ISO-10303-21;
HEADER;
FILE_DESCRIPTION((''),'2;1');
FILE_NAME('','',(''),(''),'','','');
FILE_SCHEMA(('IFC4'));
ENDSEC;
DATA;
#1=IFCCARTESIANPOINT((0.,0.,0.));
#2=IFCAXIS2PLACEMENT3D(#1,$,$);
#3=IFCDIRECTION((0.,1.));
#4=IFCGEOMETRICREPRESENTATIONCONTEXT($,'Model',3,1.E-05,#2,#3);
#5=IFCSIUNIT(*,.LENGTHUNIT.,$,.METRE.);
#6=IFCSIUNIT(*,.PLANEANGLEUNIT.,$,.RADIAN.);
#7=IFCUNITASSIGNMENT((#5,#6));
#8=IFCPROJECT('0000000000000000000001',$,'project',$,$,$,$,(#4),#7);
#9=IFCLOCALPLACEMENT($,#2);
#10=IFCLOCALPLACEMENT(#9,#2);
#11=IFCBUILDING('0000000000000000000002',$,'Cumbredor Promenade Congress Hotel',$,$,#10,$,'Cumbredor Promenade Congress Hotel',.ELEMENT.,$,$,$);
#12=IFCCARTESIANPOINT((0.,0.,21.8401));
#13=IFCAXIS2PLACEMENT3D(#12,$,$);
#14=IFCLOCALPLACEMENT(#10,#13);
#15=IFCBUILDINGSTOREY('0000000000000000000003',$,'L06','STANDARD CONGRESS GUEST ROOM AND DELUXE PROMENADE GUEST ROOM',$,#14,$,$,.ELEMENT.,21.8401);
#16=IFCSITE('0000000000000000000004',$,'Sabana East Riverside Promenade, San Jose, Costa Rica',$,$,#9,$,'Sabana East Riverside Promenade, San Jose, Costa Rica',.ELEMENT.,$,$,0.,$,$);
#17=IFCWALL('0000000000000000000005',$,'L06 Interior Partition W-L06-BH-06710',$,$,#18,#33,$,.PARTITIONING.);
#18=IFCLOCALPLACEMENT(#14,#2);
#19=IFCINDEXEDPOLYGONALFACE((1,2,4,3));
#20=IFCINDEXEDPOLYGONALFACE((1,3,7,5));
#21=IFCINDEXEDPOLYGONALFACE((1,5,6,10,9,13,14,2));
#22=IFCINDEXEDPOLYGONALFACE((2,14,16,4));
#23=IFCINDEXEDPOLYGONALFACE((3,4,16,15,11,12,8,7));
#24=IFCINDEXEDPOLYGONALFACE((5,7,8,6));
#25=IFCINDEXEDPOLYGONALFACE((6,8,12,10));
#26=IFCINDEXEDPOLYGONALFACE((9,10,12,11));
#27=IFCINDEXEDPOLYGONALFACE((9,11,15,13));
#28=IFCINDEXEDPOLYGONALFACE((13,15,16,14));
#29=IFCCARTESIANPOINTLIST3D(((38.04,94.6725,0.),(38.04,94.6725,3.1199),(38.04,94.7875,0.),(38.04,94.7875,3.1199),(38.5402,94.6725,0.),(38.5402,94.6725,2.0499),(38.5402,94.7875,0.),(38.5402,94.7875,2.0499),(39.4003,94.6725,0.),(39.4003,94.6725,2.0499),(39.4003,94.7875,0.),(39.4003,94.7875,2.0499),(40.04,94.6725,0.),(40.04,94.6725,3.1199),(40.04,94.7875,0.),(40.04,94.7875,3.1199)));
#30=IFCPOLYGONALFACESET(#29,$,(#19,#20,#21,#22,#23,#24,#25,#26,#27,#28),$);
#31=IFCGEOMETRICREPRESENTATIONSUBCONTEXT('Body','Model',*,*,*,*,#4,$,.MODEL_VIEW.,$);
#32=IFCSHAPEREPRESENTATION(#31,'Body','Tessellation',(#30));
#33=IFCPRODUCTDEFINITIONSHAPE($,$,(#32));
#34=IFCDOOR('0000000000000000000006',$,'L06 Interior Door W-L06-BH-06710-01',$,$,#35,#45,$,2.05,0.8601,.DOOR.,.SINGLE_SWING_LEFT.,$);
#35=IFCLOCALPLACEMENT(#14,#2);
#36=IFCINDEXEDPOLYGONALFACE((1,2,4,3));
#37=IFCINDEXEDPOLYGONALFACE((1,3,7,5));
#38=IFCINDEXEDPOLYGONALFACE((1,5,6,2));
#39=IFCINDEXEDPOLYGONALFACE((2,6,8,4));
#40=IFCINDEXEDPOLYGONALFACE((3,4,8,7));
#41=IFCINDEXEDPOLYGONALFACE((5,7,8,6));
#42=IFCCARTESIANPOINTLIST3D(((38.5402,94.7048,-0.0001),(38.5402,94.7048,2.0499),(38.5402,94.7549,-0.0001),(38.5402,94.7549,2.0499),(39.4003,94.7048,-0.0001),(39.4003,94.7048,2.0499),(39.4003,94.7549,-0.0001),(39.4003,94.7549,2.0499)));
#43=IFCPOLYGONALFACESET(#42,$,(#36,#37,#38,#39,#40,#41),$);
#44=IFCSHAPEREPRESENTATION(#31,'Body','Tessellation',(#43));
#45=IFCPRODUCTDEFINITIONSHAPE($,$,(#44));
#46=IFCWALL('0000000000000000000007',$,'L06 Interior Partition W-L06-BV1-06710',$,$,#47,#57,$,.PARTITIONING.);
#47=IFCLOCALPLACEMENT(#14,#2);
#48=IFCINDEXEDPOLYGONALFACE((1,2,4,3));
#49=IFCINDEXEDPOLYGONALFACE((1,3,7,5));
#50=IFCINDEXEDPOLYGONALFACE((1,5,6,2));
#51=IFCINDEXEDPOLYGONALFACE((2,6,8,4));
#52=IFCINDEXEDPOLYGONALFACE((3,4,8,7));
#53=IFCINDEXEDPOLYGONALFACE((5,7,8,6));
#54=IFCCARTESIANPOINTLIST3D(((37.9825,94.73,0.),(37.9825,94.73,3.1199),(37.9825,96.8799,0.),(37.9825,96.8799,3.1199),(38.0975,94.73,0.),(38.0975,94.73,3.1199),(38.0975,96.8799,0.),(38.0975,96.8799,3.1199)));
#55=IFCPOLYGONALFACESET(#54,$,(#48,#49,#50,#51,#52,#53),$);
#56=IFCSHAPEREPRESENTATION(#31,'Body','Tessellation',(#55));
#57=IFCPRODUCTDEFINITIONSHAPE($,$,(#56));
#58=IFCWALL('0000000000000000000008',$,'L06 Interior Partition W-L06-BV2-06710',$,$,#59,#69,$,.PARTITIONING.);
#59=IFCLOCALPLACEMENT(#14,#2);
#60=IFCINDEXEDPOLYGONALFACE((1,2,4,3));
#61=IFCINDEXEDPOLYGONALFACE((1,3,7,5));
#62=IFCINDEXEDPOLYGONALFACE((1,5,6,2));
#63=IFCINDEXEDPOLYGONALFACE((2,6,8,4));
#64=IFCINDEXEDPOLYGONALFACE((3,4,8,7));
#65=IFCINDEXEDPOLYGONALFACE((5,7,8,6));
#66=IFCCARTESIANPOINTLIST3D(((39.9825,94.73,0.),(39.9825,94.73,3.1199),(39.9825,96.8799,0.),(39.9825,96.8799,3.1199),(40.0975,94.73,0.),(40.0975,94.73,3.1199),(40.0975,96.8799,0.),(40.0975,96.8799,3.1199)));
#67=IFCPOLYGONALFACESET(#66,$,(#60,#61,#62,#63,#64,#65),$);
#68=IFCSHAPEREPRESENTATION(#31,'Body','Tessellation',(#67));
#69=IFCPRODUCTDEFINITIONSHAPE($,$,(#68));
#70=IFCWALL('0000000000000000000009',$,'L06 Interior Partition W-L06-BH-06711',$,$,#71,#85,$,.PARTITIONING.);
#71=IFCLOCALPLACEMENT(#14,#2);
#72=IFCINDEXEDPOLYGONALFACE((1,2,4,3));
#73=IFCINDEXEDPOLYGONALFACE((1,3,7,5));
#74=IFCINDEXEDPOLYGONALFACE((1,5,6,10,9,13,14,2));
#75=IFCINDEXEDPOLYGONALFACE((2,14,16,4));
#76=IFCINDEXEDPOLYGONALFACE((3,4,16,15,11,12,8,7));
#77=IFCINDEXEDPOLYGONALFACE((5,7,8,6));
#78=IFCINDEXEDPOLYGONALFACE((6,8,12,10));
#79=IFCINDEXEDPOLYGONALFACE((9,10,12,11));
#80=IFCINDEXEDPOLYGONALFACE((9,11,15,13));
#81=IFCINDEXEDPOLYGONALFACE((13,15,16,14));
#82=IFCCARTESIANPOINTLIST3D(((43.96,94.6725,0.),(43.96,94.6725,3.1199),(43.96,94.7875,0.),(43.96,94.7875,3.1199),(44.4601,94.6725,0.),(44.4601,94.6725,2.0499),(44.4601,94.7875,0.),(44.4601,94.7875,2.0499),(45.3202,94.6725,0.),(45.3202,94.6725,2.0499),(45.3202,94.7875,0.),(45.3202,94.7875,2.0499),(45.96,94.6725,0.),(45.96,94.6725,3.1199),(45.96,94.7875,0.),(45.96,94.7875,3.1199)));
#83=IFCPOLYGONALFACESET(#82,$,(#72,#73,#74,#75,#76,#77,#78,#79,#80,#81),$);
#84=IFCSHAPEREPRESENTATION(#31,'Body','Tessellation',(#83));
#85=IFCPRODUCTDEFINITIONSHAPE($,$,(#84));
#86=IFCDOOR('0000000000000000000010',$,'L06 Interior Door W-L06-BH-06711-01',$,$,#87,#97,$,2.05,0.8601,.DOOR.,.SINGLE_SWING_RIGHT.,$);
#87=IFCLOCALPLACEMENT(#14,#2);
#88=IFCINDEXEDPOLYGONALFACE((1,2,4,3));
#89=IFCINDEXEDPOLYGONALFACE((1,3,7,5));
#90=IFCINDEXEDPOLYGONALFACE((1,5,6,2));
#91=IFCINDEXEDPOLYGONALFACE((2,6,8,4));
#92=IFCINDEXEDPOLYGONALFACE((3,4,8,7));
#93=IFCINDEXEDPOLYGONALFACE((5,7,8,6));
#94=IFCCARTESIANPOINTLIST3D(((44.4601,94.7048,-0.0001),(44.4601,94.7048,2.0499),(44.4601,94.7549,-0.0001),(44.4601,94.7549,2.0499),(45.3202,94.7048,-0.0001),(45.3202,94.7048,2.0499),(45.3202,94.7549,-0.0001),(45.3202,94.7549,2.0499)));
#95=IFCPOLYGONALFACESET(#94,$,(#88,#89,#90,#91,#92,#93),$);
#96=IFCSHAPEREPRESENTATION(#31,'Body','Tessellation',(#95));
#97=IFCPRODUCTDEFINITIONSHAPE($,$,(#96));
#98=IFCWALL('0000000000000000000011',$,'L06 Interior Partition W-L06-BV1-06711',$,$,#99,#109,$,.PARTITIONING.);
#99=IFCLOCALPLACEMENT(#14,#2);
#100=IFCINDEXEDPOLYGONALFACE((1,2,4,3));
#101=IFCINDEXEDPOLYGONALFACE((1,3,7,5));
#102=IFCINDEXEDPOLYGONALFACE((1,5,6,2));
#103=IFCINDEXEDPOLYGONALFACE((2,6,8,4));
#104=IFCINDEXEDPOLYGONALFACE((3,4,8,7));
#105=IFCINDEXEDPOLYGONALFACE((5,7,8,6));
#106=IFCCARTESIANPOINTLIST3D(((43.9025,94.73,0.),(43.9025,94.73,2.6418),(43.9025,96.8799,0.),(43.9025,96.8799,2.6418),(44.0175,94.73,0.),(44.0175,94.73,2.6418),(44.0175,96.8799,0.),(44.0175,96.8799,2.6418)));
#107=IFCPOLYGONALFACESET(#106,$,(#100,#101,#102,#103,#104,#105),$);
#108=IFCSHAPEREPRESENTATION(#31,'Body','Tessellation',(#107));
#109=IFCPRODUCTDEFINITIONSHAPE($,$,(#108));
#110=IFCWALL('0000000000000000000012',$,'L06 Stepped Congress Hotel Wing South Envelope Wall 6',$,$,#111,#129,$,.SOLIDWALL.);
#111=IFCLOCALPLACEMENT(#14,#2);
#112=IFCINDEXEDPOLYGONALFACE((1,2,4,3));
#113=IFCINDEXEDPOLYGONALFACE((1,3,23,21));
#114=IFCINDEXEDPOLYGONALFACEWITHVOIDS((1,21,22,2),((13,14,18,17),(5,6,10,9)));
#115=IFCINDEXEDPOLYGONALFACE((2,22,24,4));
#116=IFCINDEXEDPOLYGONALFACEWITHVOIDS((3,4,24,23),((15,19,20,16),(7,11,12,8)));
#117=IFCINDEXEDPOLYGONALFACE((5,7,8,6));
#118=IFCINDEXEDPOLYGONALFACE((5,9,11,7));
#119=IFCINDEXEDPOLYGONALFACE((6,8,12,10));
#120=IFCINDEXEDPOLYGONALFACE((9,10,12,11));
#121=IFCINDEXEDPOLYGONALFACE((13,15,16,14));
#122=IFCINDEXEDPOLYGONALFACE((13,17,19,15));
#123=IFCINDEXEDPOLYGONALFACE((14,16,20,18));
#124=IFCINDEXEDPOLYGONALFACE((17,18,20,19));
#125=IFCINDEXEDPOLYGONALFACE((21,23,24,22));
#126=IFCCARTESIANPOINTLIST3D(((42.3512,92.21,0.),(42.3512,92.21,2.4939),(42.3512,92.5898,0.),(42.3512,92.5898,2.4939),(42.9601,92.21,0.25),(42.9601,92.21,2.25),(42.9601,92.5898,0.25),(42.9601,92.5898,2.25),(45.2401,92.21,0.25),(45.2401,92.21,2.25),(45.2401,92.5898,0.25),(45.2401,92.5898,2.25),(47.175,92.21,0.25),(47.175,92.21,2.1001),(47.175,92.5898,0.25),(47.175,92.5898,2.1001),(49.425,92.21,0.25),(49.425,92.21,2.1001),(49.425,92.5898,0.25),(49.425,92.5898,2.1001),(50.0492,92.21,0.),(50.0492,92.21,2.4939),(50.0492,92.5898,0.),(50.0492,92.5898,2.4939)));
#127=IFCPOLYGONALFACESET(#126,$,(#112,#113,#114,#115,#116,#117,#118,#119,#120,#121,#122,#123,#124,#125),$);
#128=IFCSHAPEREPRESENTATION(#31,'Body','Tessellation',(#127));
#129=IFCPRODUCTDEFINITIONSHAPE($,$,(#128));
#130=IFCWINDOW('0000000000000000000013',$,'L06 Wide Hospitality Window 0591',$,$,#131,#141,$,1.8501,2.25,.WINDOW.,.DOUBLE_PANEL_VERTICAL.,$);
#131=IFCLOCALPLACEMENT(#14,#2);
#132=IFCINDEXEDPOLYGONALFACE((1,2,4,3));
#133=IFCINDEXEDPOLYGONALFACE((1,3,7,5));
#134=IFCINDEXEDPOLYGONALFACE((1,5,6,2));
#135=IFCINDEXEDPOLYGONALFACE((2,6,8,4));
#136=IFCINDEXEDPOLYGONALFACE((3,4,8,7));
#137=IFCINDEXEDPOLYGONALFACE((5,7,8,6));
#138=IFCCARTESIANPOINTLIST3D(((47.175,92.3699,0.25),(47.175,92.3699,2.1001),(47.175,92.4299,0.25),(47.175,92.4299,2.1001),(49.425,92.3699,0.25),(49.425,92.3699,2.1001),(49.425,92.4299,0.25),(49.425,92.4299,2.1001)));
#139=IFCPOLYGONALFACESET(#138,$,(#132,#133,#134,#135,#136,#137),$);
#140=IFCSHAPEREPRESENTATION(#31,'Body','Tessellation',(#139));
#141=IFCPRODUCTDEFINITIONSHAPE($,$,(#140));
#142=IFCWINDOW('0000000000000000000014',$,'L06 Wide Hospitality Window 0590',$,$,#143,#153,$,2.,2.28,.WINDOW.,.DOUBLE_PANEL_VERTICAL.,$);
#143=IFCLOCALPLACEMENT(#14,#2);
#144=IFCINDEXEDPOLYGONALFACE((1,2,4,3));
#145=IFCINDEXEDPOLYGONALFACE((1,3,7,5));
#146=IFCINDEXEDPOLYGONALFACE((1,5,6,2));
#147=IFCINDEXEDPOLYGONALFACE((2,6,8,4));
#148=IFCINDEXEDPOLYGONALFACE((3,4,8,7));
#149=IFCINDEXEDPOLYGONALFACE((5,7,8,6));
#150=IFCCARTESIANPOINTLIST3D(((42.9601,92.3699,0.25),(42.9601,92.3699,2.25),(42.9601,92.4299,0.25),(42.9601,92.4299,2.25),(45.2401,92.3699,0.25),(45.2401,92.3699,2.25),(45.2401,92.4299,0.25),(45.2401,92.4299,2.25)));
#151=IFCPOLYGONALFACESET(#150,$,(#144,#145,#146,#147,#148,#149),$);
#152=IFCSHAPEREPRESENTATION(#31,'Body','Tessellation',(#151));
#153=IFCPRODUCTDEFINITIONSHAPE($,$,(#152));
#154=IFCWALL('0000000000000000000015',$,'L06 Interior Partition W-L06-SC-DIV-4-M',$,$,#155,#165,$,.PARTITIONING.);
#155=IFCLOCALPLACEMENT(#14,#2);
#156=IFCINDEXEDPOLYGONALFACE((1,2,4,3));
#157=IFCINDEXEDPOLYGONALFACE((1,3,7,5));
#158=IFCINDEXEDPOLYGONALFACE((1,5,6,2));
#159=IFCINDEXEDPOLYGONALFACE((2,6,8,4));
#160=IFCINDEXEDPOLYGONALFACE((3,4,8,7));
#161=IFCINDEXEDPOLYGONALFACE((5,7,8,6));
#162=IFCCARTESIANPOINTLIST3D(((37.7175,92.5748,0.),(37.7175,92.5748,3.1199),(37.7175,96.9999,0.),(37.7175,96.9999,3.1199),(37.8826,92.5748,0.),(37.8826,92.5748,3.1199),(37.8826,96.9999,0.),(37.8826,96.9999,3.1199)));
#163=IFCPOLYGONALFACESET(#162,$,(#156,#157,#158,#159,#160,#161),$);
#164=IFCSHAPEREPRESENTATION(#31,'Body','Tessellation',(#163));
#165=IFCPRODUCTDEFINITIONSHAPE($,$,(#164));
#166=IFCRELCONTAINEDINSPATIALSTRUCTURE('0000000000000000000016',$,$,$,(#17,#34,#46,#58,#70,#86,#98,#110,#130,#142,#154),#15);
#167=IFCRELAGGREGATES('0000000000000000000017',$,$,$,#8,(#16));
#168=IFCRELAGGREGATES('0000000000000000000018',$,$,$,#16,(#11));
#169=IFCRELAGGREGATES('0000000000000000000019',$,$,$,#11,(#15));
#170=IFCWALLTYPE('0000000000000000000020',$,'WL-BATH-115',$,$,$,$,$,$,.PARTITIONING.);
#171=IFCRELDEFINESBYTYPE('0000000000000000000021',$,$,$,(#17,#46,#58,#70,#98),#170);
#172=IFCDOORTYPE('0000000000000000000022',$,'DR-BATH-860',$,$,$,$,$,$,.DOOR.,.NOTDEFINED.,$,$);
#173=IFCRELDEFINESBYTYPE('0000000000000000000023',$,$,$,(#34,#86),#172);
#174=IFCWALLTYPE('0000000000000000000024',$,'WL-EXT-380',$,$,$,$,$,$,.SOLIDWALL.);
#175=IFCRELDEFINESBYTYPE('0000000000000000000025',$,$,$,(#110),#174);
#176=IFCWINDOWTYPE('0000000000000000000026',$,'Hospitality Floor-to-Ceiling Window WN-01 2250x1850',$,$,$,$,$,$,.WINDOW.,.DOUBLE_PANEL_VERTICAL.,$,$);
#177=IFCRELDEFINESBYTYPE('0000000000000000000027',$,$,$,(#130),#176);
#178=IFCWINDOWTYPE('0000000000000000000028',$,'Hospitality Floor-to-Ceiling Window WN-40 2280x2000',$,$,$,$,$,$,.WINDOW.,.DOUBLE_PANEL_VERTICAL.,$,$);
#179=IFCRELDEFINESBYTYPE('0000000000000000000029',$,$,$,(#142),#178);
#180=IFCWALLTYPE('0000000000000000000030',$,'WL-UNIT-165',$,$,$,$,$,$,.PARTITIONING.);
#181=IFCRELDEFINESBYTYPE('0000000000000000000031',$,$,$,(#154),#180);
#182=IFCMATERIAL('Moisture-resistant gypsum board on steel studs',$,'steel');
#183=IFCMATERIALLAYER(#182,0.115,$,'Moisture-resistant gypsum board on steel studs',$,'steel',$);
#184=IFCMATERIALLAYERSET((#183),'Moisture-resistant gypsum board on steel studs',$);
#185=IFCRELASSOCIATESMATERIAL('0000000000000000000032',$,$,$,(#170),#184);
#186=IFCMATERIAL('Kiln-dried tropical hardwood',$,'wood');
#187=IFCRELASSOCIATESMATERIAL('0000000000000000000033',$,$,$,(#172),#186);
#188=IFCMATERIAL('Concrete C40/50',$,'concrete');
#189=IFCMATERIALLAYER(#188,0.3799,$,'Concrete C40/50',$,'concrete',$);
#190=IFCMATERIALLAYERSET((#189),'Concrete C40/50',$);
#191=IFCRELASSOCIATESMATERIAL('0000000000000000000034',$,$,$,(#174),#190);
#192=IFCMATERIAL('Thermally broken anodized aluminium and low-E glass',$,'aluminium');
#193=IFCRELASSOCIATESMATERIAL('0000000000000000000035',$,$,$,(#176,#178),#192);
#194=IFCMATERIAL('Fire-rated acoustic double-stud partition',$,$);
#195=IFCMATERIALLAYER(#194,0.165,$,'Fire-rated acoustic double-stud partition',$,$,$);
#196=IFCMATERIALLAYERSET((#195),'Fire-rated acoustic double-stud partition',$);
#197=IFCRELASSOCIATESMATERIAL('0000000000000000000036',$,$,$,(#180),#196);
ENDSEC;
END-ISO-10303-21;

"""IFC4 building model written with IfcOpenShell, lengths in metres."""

from ifc_helpers import new_model, si_unit, direction, frame, frame_2d, origin, place, context, subcontext, project, spatial, rectangle, extrude, material, layer, layer_set, type_object, element, fill, save


model = new_model("IFC4")

# Units and contexts
model_context = context("Model", 3, precision=1e-05, world=origin(), true_north=direction((0.0, 1.0)))
body_context = subcontext(model_context, "Body", "Model", "MODEL_VIEW")
ifc_project = project(units=[si_unit("LENGTHUNIT", "METRE"), si_unit("PLANEANGLEUNIT", "RADIAN")], contexts=[model_context])

# Site, building, storey
site_placement = place(None, origin())
site = spatial("IfcSite", under=ifc_project, at=site_placement, Name="Sabana East Riverside Promenade, San Jose, Costa Rica", LongName="Sabana East Riverside Promenade, San Jose, Costa Rica", CompositionType="ELEMENT", RefElevation=0.0)
building_placement = place(site_placement, origin())
building = spatial("IfcBuilding", under=site, at=building_placement, Name="Cumbredor Promenade Congress Hotel", LongName="Cumbredor Promenade Congress Hotel", CompositionType="ELEMENT")
storey_placement = place(building_placement, frame((0.0, 0.0, 21.8401)))
storey = spatial("IfcBuildingStorey", under=building, at=storey_placement, Name="L06", Description="STANDARD CONGRESS GUEST ROOM AND DELUXE PROMENADE GUEST ROOM", CompositionType="ELEMENT", Elevation=21.8401)

# Shared definitions
ifc_material_1 = material(Name="Concrete C40/50", Category="concrete")

# Shared definitions
ifc_material_2 = material(Name="Moisture-resistant gypsum board on steel studs", Category="steel")
ifc_layer_1 = layer(ifc_material_2, 0.115, Name="Moisture-resistant gypsum board on steel studs", Category="steel")
ifc_layer_set_1 = layer_set([ifc_layer_1], Name="Moisture-resistant gypsum board on steel studs")
wall_type_1 = type_object("IfcWallType", Name="WL-BATH-115", PredefinedType="PARTITIONING", material=ifc_layer_set_1)
ifc_material_3 = material(Name="Kiln-dried tropical hardwood", Category="wood")
door_type = type_object("IfcDoorType", Name="DR-BATH-860", OperationType="NOTDEFINED", PredefinedType="DOOR", material=ifc_material_3)

# Wall, opening, door
wall_1_placement = place(storey_placement, frame((38.04, 94.73, 0.0), z_axis=(0.0, 0.0, 1.0), x_axis=(1.0, 0.0, 0.0)))
wall_1 = element("IfcWall", 1, at=wall_1_placement, inside=storey, type_object=wall_type_1, Name="L06 Interior Partition W-L06-BH-06710", PredefinedType="PARTITIONING", context=body_context, shape_type="SweptSolid", body=[
    extrude(rectangle(XDim=2.0, YDim=0.115, at=frame_2d((1.0, 0.0))), origin(), (0.0, 0.0, 1.0), 3.1199),
])
opening_1_placement = place(wall_1_placement, frame((0.5, 0.0, 0.0)))
opening_1 = element("IfcOpeningElement", 2, at=opening_1_placement, cuts=wall_1, PredefinedType="OPENING", context=body_context, shape_type="SweptSolid", body=[
    extrude(rectangle(XDim=0.8601, YDim=2.05, at=frame_2d((0.4302, 1.0249))), frame((0.0, 0.0674, 0.0), z_axis=(0.0, -1.0, 0.0), x_axis=(1.0, 0.0, 0.0)), (0.0, 0.0, 1.0), 0.135),
])
door_1_placement = place(opening_1_placement, origin())
door_1 = element("IfcDoor", 3, at=door_1_placement, inside=storey, type_object=door_type, Name="L06 Interior Door W-L06-BH-06710-01", OperationType="SINGLE_SWING_LEFT", OverallHeight=2.05, OverallWidth=0.8601, PredefinedType="DOOR", context=body_context, shape_type="SweptSolid", body=[
    extrude(rectangle(XDim=0.8601, YDim=2.05, at=frame_2d((0.4302, 1.0249))), frame((0.0, 0.0249, 0.0), z_axis=(0.0, -1.0, 0.0), x_axis=(1.0, 0.0, 0.0)), (0.0, 0.0, 1.0), 0.05),
])
fill(opening_1, door_1)

# Walls
for number, where, z_axis, x_axis, name in (
    (4, (38.04, 94.73, 0.0), (0.0, 0.0, 1.0), (0.0, 1.0, 0.0), "L06 Interior Partition W-L06-BV1-06710"),
    (5, (40.04, 94.73, 0.0), (0.0, 0.0, 1.0), (0.0, 1.0, 0.0), "L06 Interior Partition W-L06-BV2-06710"),
):
    element("IfcWall", number, at=place(storey_placement, frame(where, z_axis=z_axis, x_axis=x_axis)), inside=storey, type_object=wall_type_1, Name=name, PredefinedType="PARTITIONING", context=body_context, shape_type="SweptSolid", body=[
        extrude(rectangle(XDim=2.1499, YDim=0.115, at=frame_2d((1.075, 0.0))), origin(), (0.0, 0.0, 1.0), 3.1199),
    ])

# Wall, opening, door
wall_2_placement = place(storey_placement, frame((43.96, 94.73, 0.0), z_axis=(0.0, 0.0, 1.0), x_axis=(1.0, 0.0, 0.0)))
wall_2 = element("IfcWall", 6, at=wall_2_placement, inside=storey, type_object=wall_type_1, Name="L06 Interior Partition W-L06-BH-06711", PredefinedType="PARTITIONING", context=body_context, shape_type="SweptSolid", body=[
    extrude(rectangle(XDim=2.0, YDim=0.115, at=frame_2d((1.0, 0.0))), origin(), (0.0, 0.0, 1.0), 3.1199),
])
opening_2_placement = place(wall_2_placement, frame((0.5, 0.0, 0.0)))
opening_2 = element("IfcOpeningElement", 7, at=opening_2_placement, cuts=wall_2, PredefinedType="OPENING", context=body_context, shape_type="SweptSolid", body=[
    extrude(rectangle(XDim=0.8601, YDim=2.05, at=frame_2d((0.4302, 1.0249))), frame((0.0, 0.0674, 0.0), z_axis=(0.0, -1.0, 0.0), x_axis=(1.0, 0.0, 0.0)), (0.0, 0.0, 1.0), 0.135),
])
door_2_placement = place(opening_2_placement, origin())
door_2 = element("IfcDoor", 8, at=door_2_placement, inside=storey, type_object=door_type, Name="L06 Interior Door W-L06-BH-06711-01", OperationType="SINGLE_SWING_RIGHT", OverallHeight=2.05, OverallWidth=0.8601, PredefinedType="DOOR", context=body_context, shape_type="SweptSolid", body=[
    extrude(rectangle(XDim=0.8601, YDim=2.05, at=frame_2d((0.4302, 1.0249))), frame((0.0, 0.0249, 0.0), z_axis=(0.0, -1.0, 0.0), x_axis=(1.0, 0.0, 0.0)), (0.0, 0.0, 1.0), 0.05),
])
fill(opening_2, door_2)

# Wall
wall_3_placement = place(storey_placement, frame((43.96, 94.73, 0.0), z_axis=(0.0, 0.0, 1.0), x_axis=(0.0, 1.0, 0.0)))
element("IfcWall", 9, at=wall_3_placement, inside=storey, type_object=wall_type_1, Name="L06 Interior Partition W-L06-BV1-06711", PredefinedType="PARTITIONING", context=body_context, shape_type="SweptSolid", body=[
    extrude(rectangle(XDim=2.1499, YDim=0.115, at=frame_2d((1.075, 0.0))), origin(), (0.0, 0.0, 1.0), 2.6418),
])

# Wall, openings, windows
ifc_layer_2 = layer(ifc_material_1, 0.3799, Name="Concrete C40/50", Category="concrete")
ifc_layer_set_2 = layer_set([ifc_layer_2], Name="Concrete C40/50")
wall_type_2 = type_object("IfcWallType", Name="WL-EXT-380", PredefinedType="SOLIDWALL", material=ifc_layer_set_2)
wall_4_placement = place(storey_placement, frame((42.3511, 92.3999, 0.0), z_axis=(0.0, 0.0, 1.0), x_axis=(1.0, 0.0, 0.0)))
wall_4 = element("IfcWall", 10, at=wall_4_placement, inside=storey, type_object=wall_type_2, Name="L06 Stepped Congress Hotel Wing South Envelope Wall 6", PredefinedType="SOLIDWALL", context=body_context, shape_type="SweptSolid", body=[
    extrude(rectangle(XDim=7.698, YDim=0.3799, at=frame_2d((3.8491, 0.0))), origin(), (0.0, 0.0, 1.0), 2.4939),
])
opening_3_placement = place(wall_4_placement, frame((0.6089, 0.0, 0.25)))
opening_3 = element("IfcOpeningElement", 11, at=opening_3_placement, cuts=wall_4, PredefinedType="OPENING", context=body_context, shape_type="SweptSolid", body=[
    extrude(rectangle(XDim=2.28, YDim=2.0, at=frame_2d((1.1401, 1.0))), frame((0.0, 0.2, 0.0), z_axis=(0.0, -1.0, 0.0), x_axis=(1.0, 0.0, 0.0)), (0.0, 0.0, 1.0), 0.3999),
])
opening_4_placement = place(wall_4_placement, frame((4.824, 0.0, 0.25)))
opening_4 = element("IfcOpeningElement", 12, at=opening_4_placement, cuts=wall_4, PredefinedType="OPENING", context=body_context, shape_type="SweptSolid", body=[
    extrude(rectangle(XDim=2.25, YDim=1.8501, at=frame_2d((1.125, 0.925))), frame((0.0, 0.2, 0.0), z_axis=(0.0, -1.0, 0.0), x_axis=(1.0, 0.0, 0.0)), (0.0, 0.0, 1.0), 0.3999),
])
ifc_material_4 = material(Name="Thermally broken anodized aluminium and low-E glass", Category="aluminium")
window_type_1 = type_object("IfcWindowType", Name="Hospitality Floor-to-Ceiling Window WN-01 2250x1850", PartitioningType="DOUBLE_PANEL_VERTICAL", PredefinedType="WINDOW", material=ifc_material_4)
window_1_placement = place(opening_4_placement, origin())
window_1 = element("IfcWindow", 13, at=window_1_placement, inside=storey, type_object=window_type_1, Name="L06 Wide Hospitality Window 0591", OverallHeight=1.8501, OverallWidth=2.25, PartitioningType="DOUBLE_PANEL_VERTICAL", PredefinedType="WINDOW", context=body_context, shape_type="SweptSolid", body=[
    extrude(rectangle(XDim=2.25, YDim=1.8501, at=frame_2d((1.125, 0.925))), frame((0.0, 0.03, 0.0), z_axis=(0.0, -1.0, 0.0), x_axis=(1.0, 0.0, 0.0)), (0.0, 0.0, 1.0), 0.0601),
])
fill(opening_4, window_1)
window_type_2 = type_object("IfcWindowType", Name="Hospitality Floor-to-Ceiling Window WN-40 2280x2000", PartitioningType="DOUBLE_PANEL_VERTICAL", PredefinedType="WINDOW", material=ifc_material_4)
window_2_placement = place(opening_3_placement, origin())
window_2 = element("IfcWindow", 14, at=window_2_placement, inside=storey, type_object=window_type_2, Name="L06 Wide Hospitality Window 0590", OverallHeight=2.0, OverallWidth=2.28, PartitioningType="DOUBLE_PANEL_VERTICAL", PredefinedType="WINDOW", context=body_context, shape_type="SweptSolid", body=[
    extrude(rectangle(XDim=2.28, YDim=2.0, at=frame_2d((1.1401, 1.0))), frame((0.0, 0.03, 0.0), z_axis=(0.0, -1.0, 0.0), x_axis=(1.0, 0.0, 0.0)), (0.0, 0.0, 1.0), 0.0601),
])
fill(opening_3, window_2)

# Wall
ifc_material_5 = material(Name="Fire-rated acoustic double-stud partition")
ifc_layer_3 = layer(ifc_material_5, 0.165, Name="Fire-rated acoustic double-stud partition")
ifc_layer_set_3 = layer_set([ifc_layer_3], Name="Fire-rated acoustic double-stud partition")
wall_type_3 = type_object("IfcWallType", Name="WL-UNIT-165", PredefinedType="PARTITIONING", material=ifc_layer_set_3)
wall_5_placement = place(storey_placement, frame((37.8, 92.575, 0.0), z_axis=(0.0, 0.0, 1.0), x_axis=(0.0, 1.0, 0.0)))
element("IfcWall", 15, at=wall_5_placement, inside=storey, type_object=wall_type_3, Name="L06 Interior Partition W-L06-SC-DIV-4-M", PredefinedType="PARTITIONING", context=body_context, shape_type="SweptSolid", body=[
    extrude(rectangle(XDim=4.425, YDim=0.165, at=frame_2d((2.2124, 0.0))), origin(), (0.0, 0.0, 1.0), 3.1199),
])

save(model, "model.ifc")
